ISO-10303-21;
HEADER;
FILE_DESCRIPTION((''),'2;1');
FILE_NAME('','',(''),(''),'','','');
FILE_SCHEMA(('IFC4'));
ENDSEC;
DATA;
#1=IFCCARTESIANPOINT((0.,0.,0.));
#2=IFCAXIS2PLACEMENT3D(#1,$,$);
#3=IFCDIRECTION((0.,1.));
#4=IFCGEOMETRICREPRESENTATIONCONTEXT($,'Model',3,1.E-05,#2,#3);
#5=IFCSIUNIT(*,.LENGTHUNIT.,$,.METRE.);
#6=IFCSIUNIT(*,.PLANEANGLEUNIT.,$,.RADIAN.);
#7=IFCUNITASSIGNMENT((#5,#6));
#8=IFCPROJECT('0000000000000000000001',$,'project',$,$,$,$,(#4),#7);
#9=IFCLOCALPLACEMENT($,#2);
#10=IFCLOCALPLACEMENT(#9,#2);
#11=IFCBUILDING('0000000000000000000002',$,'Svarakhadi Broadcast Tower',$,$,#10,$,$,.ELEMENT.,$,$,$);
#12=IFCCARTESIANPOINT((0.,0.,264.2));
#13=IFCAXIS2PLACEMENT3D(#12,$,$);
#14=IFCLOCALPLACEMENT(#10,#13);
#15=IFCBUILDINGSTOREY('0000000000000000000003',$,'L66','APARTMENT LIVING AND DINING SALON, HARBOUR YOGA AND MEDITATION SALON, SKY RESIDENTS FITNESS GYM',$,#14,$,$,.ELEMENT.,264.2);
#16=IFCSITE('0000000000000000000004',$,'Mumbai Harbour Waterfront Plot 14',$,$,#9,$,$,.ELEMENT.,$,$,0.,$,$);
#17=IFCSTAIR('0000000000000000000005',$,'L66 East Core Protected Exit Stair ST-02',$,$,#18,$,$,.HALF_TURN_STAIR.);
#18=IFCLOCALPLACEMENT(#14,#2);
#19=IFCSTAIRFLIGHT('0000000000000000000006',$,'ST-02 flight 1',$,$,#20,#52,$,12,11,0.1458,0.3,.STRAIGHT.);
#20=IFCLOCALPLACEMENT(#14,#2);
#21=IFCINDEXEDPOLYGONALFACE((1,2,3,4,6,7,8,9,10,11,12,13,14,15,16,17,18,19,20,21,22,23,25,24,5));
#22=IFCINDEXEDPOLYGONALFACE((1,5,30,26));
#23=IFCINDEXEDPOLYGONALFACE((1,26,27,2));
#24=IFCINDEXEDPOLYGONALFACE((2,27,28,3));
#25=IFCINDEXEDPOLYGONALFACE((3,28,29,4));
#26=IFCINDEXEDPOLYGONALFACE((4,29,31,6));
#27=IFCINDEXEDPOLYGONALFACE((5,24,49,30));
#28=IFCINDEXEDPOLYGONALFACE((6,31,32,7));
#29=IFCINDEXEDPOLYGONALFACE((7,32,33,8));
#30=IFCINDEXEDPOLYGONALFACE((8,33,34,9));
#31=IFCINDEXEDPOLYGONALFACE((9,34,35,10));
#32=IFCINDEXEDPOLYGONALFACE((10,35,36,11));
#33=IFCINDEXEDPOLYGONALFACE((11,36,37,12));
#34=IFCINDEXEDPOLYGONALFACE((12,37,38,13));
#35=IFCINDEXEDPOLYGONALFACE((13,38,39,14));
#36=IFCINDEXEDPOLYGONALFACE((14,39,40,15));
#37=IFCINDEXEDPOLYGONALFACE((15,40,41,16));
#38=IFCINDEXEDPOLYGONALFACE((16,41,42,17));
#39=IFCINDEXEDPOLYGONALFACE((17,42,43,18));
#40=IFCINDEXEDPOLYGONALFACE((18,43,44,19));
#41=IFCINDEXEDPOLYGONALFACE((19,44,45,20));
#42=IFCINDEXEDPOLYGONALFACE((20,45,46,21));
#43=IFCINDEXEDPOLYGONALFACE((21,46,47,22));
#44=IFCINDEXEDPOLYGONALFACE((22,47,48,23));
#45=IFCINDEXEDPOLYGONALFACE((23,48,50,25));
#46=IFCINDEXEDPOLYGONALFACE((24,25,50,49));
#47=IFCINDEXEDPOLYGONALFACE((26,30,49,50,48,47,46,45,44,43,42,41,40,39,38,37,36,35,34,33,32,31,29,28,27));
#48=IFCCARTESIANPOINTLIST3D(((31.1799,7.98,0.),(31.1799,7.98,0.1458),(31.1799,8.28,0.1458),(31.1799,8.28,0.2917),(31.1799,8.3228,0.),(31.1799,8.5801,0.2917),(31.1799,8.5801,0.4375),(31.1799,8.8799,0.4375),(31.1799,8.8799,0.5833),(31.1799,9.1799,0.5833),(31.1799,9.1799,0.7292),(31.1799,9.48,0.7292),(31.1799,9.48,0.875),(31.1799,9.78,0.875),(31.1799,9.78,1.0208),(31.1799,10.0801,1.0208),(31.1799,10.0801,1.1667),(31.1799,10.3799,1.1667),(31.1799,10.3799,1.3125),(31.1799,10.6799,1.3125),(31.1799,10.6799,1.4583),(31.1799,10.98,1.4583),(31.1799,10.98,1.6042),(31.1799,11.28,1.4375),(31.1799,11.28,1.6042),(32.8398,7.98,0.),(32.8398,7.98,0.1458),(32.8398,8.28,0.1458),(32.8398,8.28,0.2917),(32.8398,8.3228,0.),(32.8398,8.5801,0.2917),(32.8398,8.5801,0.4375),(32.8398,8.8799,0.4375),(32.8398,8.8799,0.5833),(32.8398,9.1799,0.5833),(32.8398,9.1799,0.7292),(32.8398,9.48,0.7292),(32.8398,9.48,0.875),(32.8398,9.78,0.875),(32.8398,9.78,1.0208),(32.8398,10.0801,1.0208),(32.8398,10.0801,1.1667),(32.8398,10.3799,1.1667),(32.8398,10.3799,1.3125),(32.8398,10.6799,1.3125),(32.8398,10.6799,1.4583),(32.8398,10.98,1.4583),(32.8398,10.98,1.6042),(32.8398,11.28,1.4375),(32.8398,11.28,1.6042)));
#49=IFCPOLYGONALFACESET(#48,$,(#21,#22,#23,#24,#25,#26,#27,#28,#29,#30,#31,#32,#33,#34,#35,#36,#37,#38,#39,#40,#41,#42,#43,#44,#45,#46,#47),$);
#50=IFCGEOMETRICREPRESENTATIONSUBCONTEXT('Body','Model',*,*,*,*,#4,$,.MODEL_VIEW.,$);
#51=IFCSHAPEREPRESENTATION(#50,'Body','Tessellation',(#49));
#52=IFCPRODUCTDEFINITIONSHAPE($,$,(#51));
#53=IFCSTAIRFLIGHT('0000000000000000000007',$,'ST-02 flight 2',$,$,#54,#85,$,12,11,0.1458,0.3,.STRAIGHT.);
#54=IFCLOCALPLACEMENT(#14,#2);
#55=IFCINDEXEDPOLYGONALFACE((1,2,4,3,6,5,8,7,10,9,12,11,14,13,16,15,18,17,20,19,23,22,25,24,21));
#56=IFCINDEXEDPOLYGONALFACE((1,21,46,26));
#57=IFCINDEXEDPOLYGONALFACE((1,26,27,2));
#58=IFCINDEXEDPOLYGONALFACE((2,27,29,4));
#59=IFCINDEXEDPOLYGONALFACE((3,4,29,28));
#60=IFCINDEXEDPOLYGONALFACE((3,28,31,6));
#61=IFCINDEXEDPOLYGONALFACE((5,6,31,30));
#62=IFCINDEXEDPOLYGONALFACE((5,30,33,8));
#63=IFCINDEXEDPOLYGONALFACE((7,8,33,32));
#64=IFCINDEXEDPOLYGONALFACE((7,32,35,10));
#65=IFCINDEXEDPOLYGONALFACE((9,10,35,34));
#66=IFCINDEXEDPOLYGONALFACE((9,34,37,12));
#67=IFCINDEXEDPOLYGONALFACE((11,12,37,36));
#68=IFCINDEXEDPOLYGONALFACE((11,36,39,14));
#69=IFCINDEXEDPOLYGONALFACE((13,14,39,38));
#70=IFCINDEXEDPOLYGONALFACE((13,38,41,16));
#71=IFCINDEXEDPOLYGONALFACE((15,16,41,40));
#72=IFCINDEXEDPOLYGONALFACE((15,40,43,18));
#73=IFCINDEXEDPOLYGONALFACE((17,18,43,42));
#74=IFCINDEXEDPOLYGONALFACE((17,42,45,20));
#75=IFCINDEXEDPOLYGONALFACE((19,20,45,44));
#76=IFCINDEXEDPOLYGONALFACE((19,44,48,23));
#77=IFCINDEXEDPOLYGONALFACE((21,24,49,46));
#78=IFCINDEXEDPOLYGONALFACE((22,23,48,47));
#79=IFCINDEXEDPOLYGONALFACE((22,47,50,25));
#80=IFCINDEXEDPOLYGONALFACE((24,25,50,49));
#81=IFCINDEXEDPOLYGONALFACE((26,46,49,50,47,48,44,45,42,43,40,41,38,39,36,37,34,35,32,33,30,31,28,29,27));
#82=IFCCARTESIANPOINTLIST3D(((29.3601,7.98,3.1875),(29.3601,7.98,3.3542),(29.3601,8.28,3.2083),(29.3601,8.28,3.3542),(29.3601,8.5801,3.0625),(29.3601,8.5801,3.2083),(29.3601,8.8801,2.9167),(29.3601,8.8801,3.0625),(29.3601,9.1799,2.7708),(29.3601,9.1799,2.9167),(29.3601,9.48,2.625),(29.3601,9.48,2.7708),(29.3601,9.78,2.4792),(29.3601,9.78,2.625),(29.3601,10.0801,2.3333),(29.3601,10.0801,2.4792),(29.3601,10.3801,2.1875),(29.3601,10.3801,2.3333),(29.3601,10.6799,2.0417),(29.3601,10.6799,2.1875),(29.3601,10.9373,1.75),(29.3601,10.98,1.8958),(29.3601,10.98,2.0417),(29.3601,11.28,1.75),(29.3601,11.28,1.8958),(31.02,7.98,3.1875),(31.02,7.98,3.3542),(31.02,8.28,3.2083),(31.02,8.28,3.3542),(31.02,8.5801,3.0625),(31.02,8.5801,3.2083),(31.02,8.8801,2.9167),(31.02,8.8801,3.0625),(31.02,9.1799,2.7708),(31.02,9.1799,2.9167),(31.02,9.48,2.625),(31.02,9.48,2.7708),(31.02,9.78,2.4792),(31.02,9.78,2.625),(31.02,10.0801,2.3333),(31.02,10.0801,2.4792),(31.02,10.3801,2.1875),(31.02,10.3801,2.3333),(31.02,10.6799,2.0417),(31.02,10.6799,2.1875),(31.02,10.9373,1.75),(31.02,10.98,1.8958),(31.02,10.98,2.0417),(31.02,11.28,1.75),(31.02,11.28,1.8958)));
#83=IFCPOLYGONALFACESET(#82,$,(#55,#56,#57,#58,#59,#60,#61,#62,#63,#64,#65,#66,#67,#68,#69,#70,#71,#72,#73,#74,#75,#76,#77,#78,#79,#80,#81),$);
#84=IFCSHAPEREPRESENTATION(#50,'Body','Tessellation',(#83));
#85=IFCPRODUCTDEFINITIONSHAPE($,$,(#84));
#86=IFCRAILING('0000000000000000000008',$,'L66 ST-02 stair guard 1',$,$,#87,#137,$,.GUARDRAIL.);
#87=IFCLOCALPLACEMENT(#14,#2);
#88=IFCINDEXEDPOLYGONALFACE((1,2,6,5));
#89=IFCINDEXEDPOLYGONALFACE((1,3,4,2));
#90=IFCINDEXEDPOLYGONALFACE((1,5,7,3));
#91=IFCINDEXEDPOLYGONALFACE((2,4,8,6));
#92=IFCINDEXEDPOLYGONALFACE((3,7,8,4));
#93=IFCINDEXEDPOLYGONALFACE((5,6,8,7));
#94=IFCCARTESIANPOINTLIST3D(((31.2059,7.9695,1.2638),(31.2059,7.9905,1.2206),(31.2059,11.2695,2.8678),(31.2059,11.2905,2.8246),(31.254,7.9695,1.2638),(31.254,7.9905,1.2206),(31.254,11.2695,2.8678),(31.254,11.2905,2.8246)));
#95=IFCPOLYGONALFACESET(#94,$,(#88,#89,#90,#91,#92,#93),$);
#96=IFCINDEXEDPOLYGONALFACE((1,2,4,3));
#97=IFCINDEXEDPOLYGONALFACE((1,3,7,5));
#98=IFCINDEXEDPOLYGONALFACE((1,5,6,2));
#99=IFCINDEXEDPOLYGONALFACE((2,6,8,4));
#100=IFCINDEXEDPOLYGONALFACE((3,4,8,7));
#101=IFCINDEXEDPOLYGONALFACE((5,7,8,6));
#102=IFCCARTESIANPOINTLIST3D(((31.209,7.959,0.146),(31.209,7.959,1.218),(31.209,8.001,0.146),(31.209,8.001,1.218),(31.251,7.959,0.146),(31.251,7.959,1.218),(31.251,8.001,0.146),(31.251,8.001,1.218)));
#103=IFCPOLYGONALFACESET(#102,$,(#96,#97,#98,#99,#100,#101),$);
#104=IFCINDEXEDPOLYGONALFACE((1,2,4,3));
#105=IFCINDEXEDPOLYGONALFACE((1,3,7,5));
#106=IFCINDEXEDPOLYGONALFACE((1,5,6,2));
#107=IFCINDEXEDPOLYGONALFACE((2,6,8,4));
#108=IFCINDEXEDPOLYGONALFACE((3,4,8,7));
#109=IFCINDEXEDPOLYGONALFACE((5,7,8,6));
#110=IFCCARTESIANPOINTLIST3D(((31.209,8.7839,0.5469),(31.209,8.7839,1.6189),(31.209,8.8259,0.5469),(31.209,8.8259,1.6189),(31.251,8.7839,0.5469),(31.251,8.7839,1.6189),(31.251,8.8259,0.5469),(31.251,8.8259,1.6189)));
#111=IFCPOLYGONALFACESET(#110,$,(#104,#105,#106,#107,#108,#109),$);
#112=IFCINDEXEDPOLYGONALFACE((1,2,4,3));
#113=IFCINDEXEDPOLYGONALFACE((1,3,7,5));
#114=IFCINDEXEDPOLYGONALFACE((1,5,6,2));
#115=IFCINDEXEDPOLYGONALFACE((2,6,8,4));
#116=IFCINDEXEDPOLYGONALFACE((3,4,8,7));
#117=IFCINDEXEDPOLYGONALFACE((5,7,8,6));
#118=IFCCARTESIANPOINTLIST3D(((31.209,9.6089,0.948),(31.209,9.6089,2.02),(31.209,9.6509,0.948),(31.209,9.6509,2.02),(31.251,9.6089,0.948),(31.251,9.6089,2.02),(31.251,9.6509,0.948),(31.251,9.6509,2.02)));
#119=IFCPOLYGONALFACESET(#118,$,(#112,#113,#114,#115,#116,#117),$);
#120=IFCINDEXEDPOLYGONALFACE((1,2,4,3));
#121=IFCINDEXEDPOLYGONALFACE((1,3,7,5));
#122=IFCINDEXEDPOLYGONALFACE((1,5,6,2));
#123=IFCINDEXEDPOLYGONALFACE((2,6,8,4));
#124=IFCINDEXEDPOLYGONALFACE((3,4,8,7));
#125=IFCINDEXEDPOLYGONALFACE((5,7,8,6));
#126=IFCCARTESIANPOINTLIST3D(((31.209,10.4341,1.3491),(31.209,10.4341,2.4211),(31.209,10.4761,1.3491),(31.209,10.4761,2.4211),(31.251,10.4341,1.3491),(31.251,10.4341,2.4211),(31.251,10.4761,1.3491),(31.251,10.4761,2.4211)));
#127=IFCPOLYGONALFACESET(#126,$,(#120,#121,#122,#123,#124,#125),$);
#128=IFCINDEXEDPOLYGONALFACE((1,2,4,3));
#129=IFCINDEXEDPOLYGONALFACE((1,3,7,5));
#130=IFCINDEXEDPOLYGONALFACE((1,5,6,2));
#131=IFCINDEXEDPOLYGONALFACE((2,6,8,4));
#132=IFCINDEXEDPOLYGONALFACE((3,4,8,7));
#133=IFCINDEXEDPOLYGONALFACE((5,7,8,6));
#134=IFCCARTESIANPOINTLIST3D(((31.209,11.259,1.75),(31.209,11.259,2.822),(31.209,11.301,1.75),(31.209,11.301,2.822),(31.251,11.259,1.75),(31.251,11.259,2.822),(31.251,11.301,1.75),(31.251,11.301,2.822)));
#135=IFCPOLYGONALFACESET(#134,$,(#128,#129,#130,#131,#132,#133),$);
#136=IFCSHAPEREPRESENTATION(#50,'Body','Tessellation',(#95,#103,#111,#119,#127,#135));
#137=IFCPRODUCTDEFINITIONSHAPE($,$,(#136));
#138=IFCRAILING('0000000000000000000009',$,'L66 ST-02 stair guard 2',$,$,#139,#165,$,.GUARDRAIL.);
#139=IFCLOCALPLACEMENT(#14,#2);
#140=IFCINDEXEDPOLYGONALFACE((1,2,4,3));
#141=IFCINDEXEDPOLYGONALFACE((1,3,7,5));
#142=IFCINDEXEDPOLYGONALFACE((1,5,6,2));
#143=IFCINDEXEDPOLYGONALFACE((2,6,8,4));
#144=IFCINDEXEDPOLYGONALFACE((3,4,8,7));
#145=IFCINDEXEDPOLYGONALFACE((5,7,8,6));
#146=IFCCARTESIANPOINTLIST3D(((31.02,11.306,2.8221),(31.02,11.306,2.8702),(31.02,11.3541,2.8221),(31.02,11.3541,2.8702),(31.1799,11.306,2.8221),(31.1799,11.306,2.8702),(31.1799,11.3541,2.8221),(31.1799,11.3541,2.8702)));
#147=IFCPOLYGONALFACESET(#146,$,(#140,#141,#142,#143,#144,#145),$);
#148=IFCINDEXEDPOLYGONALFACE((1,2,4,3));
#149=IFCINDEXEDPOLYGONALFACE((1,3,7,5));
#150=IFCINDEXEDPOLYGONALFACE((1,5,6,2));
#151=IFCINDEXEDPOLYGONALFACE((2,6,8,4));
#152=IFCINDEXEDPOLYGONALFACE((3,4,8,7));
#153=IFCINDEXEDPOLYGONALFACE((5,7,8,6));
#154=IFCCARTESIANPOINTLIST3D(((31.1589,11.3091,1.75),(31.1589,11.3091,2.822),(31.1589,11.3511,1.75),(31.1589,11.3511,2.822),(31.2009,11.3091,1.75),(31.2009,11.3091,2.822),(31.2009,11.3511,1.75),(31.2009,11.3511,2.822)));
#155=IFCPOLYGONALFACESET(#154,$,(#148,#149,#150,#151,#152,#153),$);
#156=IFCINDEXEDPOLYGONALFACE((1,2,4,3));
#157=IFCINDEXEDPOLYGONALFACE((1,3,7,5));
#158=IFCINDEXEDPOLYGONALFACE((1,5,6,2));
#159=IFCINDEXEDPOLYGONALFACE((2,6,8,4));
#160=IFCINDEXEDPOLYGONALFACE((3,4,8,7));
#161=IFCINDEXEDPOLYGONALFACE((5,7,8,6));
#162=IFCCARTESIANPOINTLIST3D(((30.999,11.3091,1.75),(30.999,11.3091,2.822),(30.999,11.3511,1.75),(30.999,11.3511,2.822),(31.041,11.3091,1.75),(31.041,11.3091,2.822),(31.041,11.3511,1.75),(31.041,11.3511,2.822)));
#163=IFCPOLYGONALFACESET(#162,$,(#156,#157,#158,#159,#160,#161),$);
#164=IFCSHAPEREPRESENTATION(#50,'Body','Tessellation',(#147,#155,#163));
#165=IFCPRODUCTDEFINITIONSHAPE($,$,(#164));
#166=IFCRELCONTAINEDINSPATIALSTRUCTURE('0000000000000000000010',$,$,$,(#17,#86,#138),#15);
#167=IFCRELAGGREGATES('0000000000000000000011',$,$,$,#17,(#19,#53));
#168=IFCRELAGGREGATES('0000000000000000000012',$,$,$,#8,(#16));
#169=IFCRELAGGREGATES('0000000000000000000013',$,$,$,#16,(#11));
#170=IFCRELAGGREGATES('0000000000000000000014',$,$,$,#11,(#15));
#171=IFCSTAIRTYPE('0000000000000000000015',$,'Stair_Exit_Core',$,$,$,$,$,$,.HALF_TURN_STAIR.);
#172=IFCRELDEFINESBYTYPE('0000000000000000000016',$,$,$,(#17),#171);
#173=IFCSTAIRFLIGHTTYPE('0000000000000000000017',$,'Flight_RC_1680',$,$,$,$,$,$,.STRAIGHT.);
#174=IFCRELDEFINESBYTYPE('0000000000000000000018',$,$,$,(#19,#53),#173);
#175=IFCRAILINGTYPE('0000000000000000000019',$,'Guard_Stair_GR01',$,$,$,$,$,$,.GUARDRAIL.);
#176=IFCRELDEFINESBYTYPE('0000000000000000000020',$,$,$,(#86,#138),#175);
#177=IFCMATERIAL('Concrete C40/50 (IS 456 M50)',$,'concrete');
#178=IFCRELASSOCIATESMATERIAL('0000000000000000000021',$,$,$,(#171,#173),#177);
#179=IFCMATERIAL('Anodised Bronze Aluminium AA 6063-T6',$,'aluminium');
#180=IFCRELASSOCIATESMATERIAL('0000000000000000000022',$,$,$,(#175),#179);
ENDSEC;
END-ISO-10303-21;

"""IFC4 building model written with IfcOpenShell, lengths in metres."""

from ifc_helpers import new_model, si_unit, direction, frame, origin, origin_2d, place, context, subcontext, project, spatial, polyline, rectangle, outline, extrude, material, type_object, element, aggregate, save


model = new_model("IFC4")

# Units and contexts
model_context = context("Model", 3, precision=1e-05, world=origin(), true_north=direction((0.0, 1.0)))
body_context = subcontext(model_context, "Body", "Model", "MODEL_VIEW")
ifc_project = project(units=[si_unit("LENGTHUNIT", "METRE"), si_unit("PLANEANGLEUNIT", "RADIAN")], contexts=[model_context])

# Site, building, storey
site_placement = place(None, origin())
site = spatial("IfcSite", under=ifc_project, at=site_placement, Name="Mumbai Harbour Waterfront Plot 14", CompositionType="ELEMENT", RefElevation=0.0)
building_placement = place(site_placement, origin())
building = spatial("IfcBuilding", under=site, at=building_placement, Name="Svarakhadi Broadcast Tower", CompositionType="ELEMENT")
storey_placement = place(building_placement, frame((0.0, 0.0, 264.2)))
storey = spatial("IfcBuildingStorey", under=building, at=storey_placement, Name="L66", Description="APARTMENT LIVING AND DINING SALON, HARBOUR YOGA AND MEDITATION SALON, SKY RESIDENTS FITNESS GYM", CompositionType="ELEMENT", Elevation=264.2)

# Shared definitions
ifc_material_1 = material(Name="Anodised Bronze Aluminium AA 6063-T6", Category="aluminium")

# Shared definitions
ifc_material_2 = material(Name="Concrete C40/50 (IS 456 M50)", Category="concrete")

# Stair, stair flights
stair_type = type_object("IfcStairType", Name="Stair_Exit_Core", PredefinedType="HALF_TURN_STAIR", material=ifc_material_2)
stair_placement = place(storey_placement, origin())
stair = element("IfcStair", 1, at=stair_placement, inside=storey, type_object=stair_type, Name="L66 East Core Protected Exit Stair ST-02", PredefinedType="HALF_TURN_STAIR")
stair_flight_type = type_object("IfcStairFlightType", Name="Flight_RC_1680", PredefinedType="STRAIGHT", material=ifc_material_2)
stair_flight_1_placement = place(storey_placement, frame((32.01, 7.98, 0.0), z_axis=(0.0, 0.0, 1.0), x_axis=(0.0, 1.0, 0.0)))
stair_flight_1 = element("IfcStairFlight", 2, at=stair_flight_1_placement, type_object=stair_flight_type, Name="ST-02 flight 1", NumberOfRisers=12, NumberOfTreads=11, PredefinedType="STRAIGHT", RiserHeight=0.1458, TreadLength=0.3, context=body_context, shape_type="SweptSolid", body=[
    extrude(outline(polyline([(0.0, 0.0), (0.0, 0.1458), (0.3, 0.1458), (0.3, 0.2917), (0.6001, 0.2917), (0.6001, 0.4375), (0.8999, 0.4375), (0.8999, 0.5833), (1.2, 0.5833), (1.2, 0.7292), (1.5, 0.7292), (1.5, 0.875), (1.8, 0.875), (1.8, 1.0208), (2.1001, 1.0208), (2.1001, 1.1667), (2.3999, 1.1667), (2.3999, 1.3125), (2.7, 1.3125), (2.7, 1.4583), (3.0, 1.4583), (3.0, 1.6042), (3.3, 1.6042), (3.3, 1.75), (3.3, 1.4375), (0.3428, 0.0), (0.0, 0.0)])), frame((0.0, 0.8301, 0.0), z_axis=(0.0, -1.0, 0.0), x_axis=(1.0, 0.0, 0.0)), (0.0, 0.0, 1.0), 1.6599),
])
stair_flight_2_placement = place(storey_placement, frame((30.1899, 11.28, 1.75), z_axis=(0.0, 0.0, 1.0), x_axis=(0.0, -1.0, 0.0)))
stair_flight_2 = element("IfcStairFlight", 3, at=stair_flight_2_placement, type_object=stair_flight_type, Name="ST-02 flight 2", NumberOfRisers=12, NumberOfTreads=11, PredefinedType="STRAIGHT", RiserHeight=0.1458, TreadLength=0.3, context=body_context, shape_type="SweptSolid", body=[
    extrude(outline(polyline([(0.0, 0.0), (0.0, 0.1458), (0.3, 0.1458), (0.3, 0.2917), (0.6001, 0.2917), (0.6001, 0.4375), (0.8999, 0.4375), (0.8999, 0.5833), (1.2, 0.5833), (1.2, 0.7292), (1.5, 0.7292), (1.5, 0.875), (1.8, 0.875), (1.8, 1.0208), (2.1001, 1.0208), (2.1001, 1.1667), (2.3999, 1.1667), (2.3999, 1.3125), (2.7, 1.3125), (2.7, 1.4583), (3.0, 1.4583), (3.0, 1.6042), (3.3, 1.6042), (3.3, 1.75), (3.3, 1.4375), (0.3428, 0.0), (0.0, 0.0)])), frame((0.0, 0.8301, 0.0), z_axis=(0.0, -1.0, 0.0), x_axis=(1.0, 0.0, 0.0)), (0.0, 0.0, 1.0), 1.6599),
])
aggregate(stair, [stair_flight_1, stair_flight_2])

# Railings
railing_type_1 = type_object("IfcRailingType", Name="Guard_Stair_GR01", PredefinedType="GUARDRAIL", material=ifc_material_1)
railing_1_placement = place(storey_placement, frame((31.23, 7.98, 0.146)))
element("IfcRailing", 4, at=railing_1_placement, inside=storey, type_object=railing_type_1, Name="L66 ST-02 stair guard 1", PredefinedType="GUARDRAIL", context=body_context, shape_type="SweptSolid", body=[
    extrude(rectangle(XDim=0.0481, YDim=0.0481, at=origin_2d()), frame((0.0, 0.0, 1.0962), z_axis=(0.0, 0.899388, 0.437152), x_axis=(-1.0, 0.0, 0.0)), (0.0, 0.0, 1.0), 3.6692),
    extrude(rectangle(XDim=0.042, YDim=0.042, at=origin_2d()), origin(), (0.0, 0.0, 1.0), 1.072),
    extrude(rectangle(XDim=0.042, YDim=0.042, at=origin_2d()), frame((0.0, 0.825, 0.4009)), (0.0, 0.0, 1.0), 1.072),
    extrude(rectangle(XDim=0.042, YDim=0.042, at=origin_2d()), frame((0.0, 1.6499, 0.802)), (0.0, 0.0, 1.0), 1.072),
    extrude(rectangle(XDim=0.042, YDim=0.042, at=origin_2d()), frame((0.0, 2.4751, 1.2031)), (0.0, 0.0, 1.0), 1.072),
    extrude(rectangle(XDim=0.042, YDim=0.042, at=origin_2d()), frame((0.0, 3.3, 1.604)), (0.0, 0.0, 1.0), 1.072),
])
railing_2_placement = place(storey_placement, frame((31.1799, 11.3301, 1.75)))
element("IfcRailing", 5, at=railing_2_placement, inside=storey, type_object=railing_type_1, Name="L66 ST-02 stair guard 2", PredefinedType="GUARDRAIL", context=body_context, shape_type="SweptSolid", body=[
    extrude(rectangle(XDim=0.0481, YDim=0.0481, at=origin_2d()), frame((0.0, 0.0, 1.0962), z_axis=(-1.0, 0.0, 0.0), x_axis=(0.0, -1.0, 0.0)), (0.0, 0.0, 1.0), 0.1599),
    extrude(rectangle(XDim=0.042, YDim=0.042, at=origin_2d()), origin(), (0.0, 0.0, 1.0), 1.072),
    extrude(rectangle(XDim=0.042, YDim=0.042, at=origin_2d()), frame((-0.1599, 0.0, 0.0)), (0.0, 0.0, 1.0), 1.072),
])

save(model, "model.ifc")
